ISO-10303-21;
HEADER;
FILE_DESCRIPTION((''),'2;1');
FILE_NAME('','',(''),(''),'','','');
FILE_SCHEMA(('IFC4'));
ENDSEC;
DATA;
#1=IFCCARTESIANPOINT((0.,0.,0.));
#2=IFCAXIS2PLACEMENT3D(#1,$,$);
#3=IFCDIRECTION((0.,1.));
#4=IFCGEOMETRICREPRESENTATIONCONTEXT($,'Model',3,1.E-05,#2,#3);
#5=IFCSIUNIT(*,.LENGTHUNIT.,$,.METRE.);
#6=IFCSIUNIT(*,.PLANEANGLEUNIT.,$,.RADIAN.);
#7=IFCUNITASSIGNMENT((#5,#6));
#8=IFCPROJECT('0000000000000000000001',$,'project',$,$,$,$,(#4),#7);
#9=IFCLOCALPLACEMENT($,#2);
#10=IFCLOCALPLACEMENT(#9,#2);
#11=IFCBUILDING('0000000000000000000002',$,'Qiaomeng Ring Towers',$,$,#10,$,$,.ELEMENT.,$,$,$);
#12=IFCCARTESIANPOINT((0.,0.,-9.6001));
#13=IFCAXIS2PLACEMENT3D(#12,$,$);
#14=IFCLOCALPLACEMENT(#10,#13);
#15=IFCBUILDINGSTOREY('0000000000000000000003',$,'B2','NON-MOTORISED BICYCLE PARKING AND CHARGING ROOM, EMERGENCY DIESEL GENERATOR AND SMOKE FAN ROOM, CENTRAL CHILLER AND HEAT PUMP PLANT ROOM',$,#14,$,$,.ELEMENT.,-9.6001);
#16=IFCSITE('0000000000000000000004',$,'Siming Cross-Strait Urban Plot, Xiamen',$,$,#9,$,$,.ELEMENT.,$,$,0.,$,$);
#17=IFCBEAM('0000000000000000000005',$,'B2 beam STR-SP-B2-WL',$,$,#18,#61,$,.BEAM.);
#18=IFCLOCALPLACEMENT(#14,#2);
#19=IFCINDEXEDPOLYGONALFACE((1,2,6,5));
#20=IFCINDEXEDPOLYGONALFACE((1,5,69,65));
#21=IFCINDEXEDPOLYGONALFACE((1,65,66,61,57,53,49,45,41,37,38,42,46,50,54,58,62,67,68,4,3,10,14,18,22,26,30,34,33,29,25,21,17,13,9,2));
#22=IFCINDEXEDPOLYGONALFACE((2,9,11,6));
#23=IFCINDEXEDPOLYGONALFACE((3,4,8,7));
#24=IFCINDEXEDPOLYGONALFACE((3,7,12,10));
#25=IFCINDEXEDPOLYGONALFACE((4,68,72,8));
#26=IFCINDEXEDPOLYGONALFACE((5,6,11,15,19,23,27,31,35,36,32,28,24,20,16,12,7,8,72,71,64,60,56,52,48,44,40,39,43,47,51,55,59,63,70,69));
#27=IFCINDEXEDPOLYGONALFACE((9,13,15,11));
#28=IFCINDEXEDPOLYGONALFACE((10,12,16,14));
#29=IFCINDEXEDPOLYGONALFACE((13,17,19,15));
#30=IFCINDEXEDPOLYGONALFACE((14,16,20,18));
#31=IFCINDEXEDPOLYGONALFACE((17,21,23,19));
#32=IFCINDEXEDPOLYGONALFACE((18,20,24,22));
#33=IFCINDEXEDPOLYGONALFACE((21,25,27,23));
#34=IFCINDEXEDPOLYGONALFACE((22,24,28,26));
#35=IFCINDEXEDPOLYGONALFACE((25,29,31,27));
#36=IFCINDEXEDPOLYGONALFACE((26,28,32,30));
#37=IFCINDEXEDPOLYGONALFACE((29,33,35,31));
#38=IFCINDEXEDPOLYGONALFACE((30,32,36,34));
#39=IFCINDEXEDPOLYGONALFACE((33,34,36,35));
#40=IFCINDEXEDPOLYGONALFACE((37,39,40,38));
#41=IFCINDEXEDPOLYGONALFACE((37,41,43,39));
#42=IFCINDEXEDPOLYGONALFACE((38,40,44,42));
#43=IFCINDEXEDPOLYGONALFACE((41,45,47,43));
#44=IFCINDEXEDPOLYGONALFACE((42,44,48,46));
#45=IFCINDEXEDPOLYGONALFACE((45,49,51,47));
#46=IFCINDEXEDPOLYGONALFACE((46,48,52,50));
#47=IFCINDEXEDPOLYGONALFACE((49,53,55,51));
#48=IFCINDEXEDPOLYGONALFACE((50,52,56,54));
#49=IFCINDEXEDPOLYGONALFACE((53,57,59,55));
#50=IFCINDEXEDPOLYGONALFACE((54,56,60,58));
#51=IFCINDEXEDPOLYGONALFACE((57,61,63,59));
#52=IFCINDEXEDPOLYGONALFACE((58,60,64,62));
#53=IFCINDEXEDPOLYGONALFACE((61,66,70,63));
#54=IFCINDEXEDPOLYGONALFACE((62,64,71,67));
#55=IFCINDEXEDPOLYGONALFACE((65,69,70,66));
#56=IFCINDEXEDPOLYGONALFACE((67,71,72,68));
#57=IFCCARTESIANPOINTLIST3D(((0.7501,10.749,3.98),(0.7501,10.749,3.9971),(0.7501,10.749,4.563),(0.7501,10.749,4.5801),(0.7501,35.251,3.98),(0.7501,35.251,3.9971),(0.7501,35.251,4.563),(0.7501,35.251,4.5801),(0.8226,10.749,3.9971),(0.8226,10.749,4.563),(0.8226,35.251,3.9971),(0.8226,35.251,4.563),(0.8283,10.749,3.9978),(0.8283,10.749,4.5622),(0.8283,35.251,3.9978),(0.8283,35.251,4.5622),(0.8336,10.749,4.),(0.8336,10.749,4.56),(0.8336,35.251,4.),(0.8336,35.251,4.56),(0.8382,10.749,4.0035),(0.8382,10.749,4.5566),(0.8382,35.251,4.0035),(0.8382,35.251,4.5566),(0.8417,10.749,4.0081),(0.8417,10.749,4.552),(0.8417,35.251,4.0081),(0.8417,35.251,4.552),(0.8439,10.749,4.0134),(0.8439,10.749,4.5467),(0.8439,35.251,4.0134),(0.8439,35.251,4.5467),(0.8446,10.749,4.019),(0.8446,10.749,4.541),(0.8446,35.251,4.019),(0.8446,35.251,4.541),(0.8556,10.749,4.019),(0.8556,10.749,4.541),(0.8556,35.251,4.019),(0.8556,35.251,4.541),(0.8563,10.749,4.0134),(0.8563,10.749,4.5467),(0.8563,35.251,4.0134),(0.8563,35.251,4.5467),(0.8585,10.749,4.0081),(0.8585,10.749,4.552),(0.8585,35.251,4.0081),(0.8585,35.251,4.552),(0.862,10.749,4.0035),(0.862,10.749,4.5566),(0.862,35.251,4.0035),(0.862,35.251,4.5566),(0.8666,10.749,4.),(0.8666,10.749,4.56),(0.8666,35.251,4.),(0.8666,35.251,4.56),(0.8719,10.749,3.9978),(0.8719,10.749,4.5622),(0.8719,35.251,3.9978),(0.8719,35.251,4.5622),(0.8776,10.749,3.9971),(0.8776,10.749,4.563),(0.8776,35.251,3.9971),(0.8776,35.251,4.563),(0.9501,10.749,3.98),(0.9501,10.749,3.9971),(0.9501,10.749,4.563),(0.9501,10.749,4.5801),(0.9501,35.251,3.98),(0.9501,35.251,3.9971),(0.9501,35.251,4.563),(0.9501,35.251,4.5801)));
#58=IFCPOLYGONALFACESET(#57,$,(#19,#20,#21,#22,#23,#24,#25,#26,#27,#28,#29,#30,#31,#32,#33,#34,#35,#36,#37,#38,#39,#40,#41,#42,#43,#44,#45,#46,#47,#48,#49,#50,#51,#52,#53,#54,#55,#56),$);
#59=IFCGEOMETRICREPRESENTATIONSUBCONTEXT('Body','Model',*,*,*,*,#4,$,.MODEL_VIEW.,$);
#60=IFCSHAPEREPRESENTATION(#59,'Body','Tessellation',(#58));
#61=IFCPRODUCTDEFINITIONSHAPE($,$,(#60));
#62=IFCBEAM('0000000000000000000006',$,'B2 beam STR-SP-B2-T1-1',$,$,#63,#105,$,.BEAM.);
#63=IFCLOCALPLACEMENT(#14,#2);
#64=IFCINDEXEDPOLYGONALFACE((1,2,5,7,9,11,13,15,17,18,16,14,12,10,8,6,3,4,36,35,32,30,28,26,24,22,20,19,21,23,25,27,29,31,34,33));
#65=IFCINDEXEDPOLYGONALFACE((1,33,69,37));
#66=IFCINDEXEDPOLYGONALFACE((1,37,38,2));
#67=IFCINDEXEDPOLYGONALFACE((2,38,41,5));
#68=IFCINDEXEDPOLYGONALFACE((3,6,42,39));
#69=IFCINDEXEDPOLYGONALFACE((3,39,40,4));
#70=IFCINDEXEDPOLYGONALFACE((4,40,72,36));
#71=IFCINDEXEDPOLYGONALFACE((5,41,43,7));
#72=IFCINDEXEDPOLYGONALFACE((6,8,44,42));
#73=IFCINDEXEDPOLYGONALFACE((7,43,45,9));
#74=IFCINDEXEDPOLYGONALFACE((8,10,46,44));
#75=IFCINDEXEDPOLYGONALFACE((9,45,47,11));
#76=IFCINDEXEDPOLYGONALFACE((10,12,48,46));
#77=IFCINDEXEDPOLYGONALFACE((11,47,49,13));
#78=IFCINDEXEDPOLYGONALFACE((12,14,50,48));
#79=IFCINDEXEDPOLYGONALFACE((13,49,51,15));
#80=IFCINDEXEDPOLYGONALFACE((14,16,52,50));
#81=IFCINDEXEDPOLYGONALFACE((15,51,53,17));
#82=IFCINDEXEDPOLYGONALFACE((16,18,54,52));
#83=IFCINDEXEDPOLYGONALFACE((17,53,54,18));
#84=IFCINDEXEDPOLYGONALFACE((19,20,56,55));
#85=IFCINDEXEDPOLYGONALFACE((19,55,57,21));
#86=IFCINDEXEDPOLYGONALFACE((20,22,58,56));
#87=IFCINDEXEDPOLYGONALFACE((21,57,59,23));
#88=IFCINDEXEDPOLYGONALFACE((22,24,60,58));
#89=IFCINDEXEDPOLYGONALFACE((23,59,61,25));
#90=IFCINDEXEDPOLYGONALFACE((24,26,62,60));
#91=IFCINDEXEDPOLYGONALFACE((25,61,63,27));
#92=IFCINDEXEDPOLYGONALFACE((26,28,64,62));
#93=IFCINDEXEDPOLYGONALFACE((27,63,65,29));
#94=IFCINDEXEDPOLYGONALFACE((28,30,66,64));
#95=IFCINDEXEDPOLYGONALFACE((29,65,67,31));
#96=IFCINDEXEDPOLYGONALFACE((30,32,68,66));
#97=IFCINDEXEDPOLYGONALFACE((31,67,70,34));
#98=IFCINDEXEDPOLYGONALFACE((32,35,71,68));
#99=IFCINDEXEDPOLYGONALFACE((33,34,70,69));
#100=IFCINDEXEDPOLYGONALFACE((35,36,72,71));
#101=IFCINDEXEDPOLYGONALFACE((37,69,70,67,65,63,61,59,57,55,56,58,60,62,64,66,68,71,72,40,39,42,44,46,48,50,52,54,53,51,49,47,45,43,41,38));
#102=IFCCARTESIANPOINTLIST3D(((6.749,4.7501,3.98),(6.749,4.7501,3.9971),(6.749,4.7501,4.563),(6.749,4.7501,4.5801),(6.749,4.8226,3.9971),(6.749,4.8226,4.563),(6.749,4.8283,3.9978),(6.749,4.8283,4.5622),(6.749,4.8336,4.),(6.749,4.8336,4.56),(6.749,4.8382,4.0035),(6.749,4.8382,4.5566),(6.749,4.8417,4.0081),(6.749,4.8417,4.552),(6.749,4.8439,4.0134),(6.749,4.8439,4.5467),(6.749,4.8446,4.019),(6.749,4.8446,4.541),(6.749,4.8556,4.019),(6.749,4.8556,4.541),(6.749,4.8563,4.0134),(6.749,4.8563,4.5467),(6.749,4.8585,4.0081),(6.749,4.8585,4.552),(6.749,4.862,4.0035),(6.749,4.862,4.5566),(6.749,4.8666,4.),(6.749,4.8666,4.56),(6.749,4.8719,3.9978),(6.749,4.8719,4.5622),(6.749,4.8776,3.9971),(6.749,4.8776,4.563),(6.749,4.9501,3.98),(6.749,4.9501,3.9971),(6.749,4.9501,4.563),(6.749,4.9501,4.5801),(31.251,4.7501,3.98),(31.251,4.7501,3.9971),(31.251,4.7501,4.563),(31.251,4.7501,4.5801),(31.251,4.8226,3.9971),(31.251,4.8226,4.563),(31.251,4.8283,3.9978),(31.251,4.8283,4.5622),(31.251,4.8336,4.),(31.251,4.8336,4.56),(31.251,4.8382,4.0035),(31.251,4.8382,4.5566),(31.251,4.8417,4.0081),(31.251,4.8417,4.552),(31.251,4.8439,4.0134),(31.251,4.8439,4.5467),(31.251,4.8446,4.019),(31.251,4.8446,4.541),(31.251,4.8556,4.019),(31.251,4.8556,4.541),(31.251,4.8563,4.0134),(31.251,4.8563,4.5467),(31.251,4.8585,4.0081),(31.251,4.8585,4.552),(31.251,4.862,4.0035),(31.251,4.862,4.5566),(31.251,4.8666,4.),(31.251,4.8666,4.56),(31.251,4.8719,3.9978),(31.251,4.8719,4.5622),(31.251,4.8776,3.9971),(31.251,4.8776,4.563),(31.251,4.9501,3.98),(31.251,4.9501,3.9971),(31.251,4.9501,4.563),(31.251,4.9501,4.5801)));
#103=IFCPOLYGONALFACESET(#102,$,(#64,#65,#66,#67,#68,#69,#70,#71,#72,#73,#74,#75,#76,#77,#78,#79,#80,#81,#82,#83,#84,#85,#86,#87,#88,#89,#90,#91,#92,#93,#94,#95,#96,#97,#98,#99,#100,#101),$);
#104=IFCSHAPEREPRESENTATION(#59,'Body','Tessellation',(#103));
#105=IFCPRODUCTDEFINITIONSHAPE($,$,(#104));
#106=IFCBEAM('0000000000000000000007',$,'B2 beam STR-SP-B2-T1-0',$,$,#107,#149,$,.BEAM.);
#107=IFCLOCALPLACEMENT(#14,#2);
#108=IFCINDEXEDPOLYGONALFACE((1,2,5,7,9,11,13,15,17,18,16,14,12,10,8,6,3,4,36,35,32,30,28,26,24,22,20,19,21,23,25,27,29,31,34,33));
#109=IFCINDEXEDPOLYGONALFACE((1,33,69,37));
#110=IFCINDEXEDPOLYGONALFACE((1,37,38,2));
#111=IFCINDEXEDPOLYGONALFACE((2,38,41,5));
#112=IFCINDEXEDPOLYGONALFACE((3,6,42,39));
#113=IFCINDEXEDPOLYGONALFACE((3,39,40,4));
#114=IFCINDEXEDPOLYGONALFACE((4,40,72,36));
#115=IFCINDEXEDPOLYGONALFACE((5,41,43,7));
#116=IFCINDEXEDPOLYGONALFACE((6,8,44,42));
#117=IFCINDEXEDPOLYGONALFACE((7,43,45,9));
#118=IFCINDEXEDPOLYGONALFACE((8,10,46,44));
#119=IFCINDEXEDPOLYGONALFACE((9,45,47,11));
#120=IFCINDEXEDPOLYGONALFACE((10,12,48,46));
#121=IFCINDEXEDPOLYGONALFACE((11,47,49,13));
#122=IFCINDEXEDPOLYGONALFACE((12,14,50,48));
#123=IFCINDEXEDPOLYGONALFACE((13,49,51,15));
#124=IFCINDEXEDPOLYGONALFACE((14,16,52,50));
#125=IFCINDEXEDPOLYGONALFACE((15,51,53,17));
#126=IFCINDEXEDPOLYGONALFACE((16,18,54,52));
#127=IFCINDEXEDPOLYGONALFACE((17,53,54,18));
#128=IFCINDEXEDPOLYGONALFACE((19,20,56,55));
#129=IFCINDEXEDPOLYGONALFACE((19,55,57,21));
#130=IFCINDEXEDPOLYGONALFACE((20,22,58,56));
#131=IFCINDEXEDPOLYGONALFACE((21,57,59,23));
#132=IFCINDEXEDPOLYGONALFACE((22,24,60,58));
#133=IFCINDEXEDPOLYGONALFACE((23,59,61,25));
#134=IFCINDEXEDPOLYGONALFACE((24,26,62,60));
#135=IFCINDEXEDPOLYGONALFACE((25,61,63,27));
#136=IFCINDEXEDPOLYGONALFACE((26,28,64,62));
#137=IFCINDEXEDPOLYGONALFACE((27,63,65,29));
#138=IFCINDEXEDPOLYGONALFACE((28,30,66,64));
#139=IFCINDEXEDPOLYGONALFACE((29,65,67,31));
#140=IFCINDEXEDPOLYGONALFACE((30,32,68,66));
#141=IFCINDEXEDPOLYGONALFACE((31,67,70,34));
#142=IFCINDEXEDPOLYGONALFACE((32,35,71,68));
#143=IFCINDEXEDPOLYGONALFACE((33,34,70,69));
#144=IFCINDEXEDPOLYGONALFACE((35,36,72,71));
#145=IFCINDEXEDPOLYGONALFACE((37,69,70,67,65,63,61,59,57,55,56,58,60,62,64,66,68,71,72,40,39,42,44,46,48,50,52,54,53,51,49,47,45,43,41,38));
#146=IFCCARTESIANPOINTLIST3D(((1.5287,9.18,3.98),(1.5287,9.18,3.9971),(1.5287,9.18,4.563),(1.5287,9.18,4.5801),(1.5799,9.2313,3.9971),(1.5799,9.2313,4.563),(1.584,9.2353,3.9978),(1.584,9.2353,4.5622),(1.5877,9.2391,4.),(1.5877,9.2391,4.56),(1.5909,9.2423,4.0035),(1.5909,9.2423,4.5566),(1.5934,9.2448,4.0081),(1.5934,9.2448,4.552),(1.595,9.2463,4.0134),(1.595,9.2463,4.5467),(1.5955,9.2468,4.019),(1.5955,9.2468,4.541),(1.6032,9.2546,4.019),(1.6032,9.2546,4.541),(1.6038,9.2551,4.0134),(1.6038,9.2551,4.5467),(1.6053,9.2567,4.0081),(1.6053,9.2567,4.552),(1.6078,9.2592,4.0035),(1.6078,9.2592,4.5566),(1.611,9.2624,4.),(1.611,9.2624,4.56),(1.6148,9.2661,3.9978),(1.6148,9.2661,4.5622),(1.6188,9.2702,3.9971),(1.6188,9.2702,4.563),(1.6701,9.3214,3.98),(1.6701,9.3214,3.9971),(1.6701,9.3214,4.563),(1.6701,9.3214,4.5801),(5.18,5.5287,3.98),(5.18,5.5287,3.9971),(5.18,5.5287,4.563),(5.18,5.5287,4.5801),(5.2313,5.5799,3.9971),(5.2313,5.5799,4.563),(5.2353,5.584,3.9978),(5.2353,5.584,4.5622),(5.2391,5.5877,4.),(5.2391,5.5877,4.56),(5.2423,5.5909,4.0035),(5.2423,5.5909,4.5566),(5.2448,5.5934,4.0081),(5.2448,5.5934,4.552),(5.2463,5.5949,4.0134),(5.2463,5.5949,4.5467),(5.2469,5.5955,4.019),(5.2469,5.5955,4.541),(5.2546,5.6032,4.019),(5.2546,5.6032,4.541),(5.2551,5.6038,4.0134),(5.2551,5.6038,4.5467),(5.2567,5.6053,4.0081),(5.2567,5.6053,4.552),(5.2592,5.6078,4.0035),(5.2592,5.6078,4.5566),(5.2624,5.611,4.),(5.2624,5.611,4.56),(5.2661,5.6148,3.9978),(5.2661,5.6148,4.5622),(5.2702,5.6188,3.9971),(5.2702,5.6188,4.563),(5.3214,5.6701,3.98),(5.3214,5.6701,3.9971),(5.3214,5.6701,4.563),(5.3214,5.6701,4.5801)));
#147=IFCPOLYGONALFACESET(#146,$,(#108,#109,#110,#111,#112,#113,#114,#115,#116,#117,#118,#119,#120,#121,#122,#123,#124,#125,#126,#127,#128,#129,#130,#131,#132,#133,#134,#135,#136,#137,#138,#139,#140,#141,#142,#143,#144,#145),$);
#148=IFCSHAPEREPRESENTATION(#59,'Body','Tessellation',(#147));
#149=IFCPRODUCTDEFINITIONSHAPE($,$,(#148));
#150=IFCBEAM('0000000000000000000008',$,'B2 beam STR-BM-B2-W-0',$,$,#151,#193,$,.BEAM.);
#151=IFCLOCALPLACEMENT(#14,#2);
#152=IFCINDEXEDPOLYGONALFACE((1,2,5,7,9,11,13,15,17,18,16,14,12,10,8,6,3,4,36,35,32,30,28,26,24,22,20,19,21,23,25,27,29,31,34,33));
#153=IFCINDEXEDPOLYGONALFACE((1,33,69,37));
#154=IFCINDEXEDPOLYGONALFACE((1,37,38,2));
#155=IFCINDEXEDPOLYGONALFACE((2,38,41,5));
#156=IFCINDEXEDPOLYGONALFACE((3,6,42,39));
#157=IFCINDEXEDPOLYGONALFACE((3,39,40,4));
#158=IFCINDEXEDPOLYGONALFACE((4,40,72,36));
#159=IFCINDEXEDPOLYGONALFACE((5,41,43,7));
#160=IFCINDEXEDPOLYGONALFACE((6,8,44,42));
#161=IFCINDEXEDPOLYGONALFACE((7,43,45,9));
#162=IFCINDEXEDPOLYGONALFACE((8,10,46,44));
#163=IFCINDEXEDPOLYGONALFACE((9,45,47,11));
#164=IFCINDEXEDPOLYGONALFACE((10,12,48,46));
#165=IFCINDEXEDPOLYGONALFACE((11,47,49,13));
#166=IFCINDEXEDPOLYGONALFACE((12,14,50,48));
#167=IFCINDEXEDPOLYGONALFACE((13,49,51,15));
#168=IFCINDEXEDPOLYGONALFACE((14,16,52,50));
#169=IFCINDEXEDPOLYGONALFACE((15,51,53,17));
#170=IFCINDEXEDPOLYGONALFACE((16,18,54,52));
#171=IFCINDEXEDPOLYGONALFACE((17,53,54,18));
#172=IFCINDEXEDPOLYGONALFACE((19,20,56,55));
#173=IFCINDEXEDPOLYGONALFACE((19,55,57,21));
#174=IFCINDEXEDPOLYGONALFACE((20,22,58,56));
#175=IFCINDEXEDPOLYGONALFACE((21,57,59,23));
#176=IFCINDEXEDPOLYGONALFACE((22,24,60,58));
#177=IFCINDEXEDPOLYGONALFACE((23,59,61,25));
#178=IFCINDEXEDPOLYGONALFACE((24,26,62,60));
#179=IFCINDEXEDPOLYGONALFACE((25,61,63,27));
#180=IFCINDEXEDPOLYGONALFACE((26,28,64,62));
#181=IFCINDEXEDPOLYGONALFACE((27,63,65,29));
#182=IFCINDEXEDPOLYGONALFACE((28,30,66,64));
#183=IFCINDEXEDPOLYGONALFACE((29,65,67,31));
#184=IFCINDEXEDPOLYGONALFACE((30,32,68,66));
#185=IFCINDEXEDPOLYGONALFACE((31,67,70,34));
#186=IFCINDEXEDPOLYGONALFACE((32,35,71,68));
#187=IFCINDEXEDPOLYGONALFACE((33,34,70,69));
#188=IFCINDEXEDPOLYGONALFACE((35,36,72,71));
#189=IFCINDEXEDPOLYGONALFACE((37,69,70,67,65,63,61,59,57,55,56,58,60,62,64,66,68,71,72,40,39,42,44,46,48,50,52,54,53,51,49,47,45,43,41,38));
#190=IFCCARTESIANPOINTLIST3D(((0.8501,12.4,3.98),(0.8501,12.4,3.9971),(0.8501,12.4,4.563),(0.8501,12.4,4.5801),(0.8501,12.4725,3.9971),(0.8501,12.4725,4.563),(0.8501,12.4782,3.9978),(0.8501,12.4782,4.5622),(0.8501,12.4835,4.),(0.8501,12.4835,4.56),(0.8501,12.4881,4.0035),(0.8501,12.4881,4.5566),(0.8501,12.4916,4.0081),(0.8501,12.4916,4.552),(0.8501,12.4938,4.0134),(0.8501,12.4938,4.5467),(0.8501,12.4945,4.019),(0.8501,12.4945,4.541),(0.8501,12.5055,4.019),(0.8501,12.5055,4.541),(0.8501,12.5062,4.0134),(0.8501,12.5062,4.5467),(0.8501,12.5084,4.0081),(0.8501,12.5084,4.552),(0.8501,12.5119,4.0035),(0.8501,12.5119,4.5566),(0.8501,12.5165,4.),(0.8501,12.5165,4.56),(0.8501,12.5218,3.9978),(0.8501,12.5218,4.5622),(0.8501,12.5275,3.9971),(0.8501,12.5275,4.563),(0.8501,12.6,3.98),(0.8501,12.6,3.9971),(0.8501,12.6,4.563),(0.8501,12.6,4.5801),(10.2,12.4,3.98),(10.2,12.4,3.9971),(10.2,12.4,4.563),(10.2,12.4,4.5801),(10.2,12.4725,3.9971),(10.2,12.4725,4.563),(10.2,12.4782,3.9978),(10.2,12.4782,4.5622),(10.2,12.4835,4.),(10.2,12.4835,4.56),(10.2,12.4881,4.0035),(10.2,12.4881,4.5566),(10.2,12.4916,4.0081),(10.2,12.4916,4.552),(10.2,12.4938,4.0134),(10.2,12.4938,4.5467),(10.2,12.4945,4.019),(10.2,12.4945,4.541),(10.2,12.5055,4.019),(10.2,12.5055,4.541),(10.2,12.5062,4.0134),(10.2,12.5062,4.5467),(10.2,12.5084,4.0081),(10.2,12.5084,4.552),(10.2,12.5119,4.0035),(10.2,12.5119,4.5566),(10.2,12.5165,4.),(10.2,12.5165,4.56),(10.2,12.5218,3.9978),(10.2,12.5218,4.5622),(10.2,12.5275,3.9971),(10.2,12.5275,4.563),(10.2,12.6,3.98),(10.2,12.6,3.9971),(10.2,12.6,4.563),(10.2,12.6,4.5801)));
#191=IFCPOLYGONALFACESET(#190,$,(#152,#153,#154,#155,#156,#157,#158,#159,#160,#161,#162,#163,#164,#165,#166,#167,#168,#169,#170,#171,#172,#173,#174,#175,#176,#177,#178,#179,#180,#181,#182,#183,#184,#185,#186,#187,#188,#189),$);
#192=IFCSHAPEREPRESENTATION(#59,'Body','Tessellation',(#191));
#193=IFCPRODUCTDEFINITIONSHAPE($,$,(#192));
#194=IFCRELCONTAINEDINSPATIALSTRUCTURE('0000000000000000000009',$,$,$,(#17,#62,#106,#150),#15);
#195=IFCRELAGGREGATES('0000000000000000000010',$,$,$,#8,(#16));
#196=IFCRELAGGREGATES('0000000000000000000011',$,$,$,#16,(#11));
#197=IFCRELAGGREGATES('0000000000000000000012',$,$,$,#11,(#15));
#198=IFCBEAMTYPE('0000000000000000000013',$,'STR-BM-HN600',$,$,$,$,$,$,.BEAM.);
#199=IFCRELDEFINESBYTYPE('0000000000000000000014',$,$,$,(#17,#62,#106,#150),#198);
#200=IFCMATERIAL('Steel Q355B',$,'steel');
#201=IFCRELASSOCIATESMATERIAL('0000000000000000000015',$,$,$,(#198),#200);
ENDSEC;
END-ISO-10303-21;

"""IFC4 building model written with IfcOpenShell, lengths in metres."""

from ifc_helpers import new_model, si_unit, direction, frame, origin, origin_2d, place, context, subcontext, project, spatial, i_section, extrude, source, transform, mapped, material, material_profile, profile_set, type_object, element, save


model = new_model("IFC4")

# Units and contexts
model_context = context("Model", 3, precision=1e-05, world=origin(), true_north=direction((0.0, 1.0)))
body_context = subcontext(model_context, "Body", "Model", "MODEL_VIEW")
ifc_project = project(units=[si_unit("LENGTHUNIT", "METRE"), si_unit("PLANEANGLEUNIT", "RADIAN")], contexts=[model_context])

# Site, building, storey
site_placement = place(None, origin())
site = spatial("IfcSite", under=ifc_project, at=site_placement, Name="Siming Cross-Strait Urban Plot, Xiamen", CompositionType="ELEMENT", RefElevation=0.0)
building_placement = place(site_placement, origin())
building = spatial("IfcBuilding", under=site, at=building_placement, Name="Qiaomeng Ring Towers", CompositionType="ELEMENT")
storey_placement = place(building_placement, frame((0.0, 0.0, -9.6001)))
storey = spatial("IfcBuildingStorey", under=building, at=storey_placement, Name="B2", Description="NON-MOTORISED BICYCLE PARKING AND CHARGING ROOM, EMERGENCY DIESEL GENERATOR AND SMOKE FAN ROOM, CENTRAL CHILLER AND HEAT PUMP PLANT ROOM", CompositionType="ELEMENT", Elevation=-9.6001)

# Beams
ifc_material_1 = material(Name="Steel Q355B", Category="steel")
ifc_material_profile_1 = material_profile(ifc_material_1, i_section(OverallWidth=0.2, OverallDepth=0.6001, WebThickness=0.011, FlangeThickness=0.0171, FilletRadius=0.022, at=origin_2d()), Name="HN 600x200x11x17")
ifc_profile_set_1 = profile_set([ifc_material_profile_1], Name="Steel Q355B")
beam_type = type_object("IfcBeamType", Name="STR-BM-HN600", PredefinedType="BEAM", material=ifc_profile_set_1)
shared_shape_1 = source(origin(), body_context, "Body", "SweptSolid", [
    extrude(i_section(OverallWidth=0.2, OverallDepth=0.6001, WebThickness=0.011, FlangeThickness=0.0171, FilletRadius=0.022, at=origin_2d()), origin(), (0.0, 0.0, 1.0), 24.502),
])
for number, where, z_axis, x_axis, name in (
    (1, (0.8501, 10.749, 4.28), (0.0, 1.0, 0.0), (-1.0, 0.0, 0.0), "B2 beam STR-SP-B2-WL"),
    (2, (6.749, 4.8501, 4.28), (1.0, 0.0, 0.0), (0.0, 1.0, 0.0), "B2 beam STR-SP-B2-T1-1"),
):
    element("IfcBeam", number, at=place(storey_placement, frame(where, z_axis=z_axis, x_axis=x_axis)), inside=storey, type_object=beam_type, Name=name, PredefinedType="BEAM", context=body_context, shape_type="MappedRepresentation", body=[
        mapped(shared_shape_1, transform((0.0, 0.0, 0.0), x_axis=(1.0, 0.0, 0.0), y_axis=(0.0, 1.0, 0.0), z_axis=(0.0, 0.0, 1.0), scale=1.0)),
    ])
shared_shape_2 = source(origin(), body_context, "Body", "SweptSolid", [
    extrude(i_section(OverallWidth=0.2, OverallDepth=0.6001, WebThickness=0.011, FlangeThickness=0.0171, FilletRadius=0.022, at=origin_2d()), origin(), (0.0, 0.0, 1.0), 5.1638),
])
beam_1_placement = place(storey_placement, frame((1.5994, 9.2507, 4.28), z_axis=(0.707107, -0.707107, 0.0), x_axis=(0.707107, 0.707107, 0.0)))
element("IfcBeam", 3, at=beam_1_placement, inside=storey, type_object=beam_type, Name="B2 beam STR-SP-B2-T1-0", PredefinedType="BEAM", context=body_context, shape_type="MappedRepresentation", body=[
    mapped(shared_shape_2, transform((0.0, 0.0, 0.0), x_axis=(1.0, 0.0, 0.0), y_axis=(0.0, 1.0, 0.0), z_axis=(0.0, 0.0, 1.0), scale=1.0)),
])
shared_shape_3 = source(origin(), body_context, "Body", "SweptSolid", [
    extrude(i_section(OverallWidth=0.2, OverallDepth=0.6001, WebThickness=0.011, FlangeThickness=0.0171, FilletRadius=0.022, at=origin_2d()), origin(), (0.0, 0.0, 1.0), 9.3499),
])
beam_2_placement = place(storey_placement, frame((0.8501, 12.5, 4.28), z_axis=(1.0, 0.0, 0.0), x_axis=(0.0, 1.0, 0.0)))
element("IfcBeam", 4, at=beam_2_placement, inside=storey, type_object=beam_type, Name="B2 beam STR-BM-B2-W-0", PredefinedType="BEAM", context=body_context, shape_type="MappedRepresentation", body=[
    mapped(shared_shape_3, transform((0.0, 0.0, 0.0), x_axis=(1.0, 0.0, 0.0), y_axis=(0.0, 1.0, 0.0), z_axis=(0.0, 0.0, 1.0), scale=1.0)),
])

save(model, "model.ifc")
